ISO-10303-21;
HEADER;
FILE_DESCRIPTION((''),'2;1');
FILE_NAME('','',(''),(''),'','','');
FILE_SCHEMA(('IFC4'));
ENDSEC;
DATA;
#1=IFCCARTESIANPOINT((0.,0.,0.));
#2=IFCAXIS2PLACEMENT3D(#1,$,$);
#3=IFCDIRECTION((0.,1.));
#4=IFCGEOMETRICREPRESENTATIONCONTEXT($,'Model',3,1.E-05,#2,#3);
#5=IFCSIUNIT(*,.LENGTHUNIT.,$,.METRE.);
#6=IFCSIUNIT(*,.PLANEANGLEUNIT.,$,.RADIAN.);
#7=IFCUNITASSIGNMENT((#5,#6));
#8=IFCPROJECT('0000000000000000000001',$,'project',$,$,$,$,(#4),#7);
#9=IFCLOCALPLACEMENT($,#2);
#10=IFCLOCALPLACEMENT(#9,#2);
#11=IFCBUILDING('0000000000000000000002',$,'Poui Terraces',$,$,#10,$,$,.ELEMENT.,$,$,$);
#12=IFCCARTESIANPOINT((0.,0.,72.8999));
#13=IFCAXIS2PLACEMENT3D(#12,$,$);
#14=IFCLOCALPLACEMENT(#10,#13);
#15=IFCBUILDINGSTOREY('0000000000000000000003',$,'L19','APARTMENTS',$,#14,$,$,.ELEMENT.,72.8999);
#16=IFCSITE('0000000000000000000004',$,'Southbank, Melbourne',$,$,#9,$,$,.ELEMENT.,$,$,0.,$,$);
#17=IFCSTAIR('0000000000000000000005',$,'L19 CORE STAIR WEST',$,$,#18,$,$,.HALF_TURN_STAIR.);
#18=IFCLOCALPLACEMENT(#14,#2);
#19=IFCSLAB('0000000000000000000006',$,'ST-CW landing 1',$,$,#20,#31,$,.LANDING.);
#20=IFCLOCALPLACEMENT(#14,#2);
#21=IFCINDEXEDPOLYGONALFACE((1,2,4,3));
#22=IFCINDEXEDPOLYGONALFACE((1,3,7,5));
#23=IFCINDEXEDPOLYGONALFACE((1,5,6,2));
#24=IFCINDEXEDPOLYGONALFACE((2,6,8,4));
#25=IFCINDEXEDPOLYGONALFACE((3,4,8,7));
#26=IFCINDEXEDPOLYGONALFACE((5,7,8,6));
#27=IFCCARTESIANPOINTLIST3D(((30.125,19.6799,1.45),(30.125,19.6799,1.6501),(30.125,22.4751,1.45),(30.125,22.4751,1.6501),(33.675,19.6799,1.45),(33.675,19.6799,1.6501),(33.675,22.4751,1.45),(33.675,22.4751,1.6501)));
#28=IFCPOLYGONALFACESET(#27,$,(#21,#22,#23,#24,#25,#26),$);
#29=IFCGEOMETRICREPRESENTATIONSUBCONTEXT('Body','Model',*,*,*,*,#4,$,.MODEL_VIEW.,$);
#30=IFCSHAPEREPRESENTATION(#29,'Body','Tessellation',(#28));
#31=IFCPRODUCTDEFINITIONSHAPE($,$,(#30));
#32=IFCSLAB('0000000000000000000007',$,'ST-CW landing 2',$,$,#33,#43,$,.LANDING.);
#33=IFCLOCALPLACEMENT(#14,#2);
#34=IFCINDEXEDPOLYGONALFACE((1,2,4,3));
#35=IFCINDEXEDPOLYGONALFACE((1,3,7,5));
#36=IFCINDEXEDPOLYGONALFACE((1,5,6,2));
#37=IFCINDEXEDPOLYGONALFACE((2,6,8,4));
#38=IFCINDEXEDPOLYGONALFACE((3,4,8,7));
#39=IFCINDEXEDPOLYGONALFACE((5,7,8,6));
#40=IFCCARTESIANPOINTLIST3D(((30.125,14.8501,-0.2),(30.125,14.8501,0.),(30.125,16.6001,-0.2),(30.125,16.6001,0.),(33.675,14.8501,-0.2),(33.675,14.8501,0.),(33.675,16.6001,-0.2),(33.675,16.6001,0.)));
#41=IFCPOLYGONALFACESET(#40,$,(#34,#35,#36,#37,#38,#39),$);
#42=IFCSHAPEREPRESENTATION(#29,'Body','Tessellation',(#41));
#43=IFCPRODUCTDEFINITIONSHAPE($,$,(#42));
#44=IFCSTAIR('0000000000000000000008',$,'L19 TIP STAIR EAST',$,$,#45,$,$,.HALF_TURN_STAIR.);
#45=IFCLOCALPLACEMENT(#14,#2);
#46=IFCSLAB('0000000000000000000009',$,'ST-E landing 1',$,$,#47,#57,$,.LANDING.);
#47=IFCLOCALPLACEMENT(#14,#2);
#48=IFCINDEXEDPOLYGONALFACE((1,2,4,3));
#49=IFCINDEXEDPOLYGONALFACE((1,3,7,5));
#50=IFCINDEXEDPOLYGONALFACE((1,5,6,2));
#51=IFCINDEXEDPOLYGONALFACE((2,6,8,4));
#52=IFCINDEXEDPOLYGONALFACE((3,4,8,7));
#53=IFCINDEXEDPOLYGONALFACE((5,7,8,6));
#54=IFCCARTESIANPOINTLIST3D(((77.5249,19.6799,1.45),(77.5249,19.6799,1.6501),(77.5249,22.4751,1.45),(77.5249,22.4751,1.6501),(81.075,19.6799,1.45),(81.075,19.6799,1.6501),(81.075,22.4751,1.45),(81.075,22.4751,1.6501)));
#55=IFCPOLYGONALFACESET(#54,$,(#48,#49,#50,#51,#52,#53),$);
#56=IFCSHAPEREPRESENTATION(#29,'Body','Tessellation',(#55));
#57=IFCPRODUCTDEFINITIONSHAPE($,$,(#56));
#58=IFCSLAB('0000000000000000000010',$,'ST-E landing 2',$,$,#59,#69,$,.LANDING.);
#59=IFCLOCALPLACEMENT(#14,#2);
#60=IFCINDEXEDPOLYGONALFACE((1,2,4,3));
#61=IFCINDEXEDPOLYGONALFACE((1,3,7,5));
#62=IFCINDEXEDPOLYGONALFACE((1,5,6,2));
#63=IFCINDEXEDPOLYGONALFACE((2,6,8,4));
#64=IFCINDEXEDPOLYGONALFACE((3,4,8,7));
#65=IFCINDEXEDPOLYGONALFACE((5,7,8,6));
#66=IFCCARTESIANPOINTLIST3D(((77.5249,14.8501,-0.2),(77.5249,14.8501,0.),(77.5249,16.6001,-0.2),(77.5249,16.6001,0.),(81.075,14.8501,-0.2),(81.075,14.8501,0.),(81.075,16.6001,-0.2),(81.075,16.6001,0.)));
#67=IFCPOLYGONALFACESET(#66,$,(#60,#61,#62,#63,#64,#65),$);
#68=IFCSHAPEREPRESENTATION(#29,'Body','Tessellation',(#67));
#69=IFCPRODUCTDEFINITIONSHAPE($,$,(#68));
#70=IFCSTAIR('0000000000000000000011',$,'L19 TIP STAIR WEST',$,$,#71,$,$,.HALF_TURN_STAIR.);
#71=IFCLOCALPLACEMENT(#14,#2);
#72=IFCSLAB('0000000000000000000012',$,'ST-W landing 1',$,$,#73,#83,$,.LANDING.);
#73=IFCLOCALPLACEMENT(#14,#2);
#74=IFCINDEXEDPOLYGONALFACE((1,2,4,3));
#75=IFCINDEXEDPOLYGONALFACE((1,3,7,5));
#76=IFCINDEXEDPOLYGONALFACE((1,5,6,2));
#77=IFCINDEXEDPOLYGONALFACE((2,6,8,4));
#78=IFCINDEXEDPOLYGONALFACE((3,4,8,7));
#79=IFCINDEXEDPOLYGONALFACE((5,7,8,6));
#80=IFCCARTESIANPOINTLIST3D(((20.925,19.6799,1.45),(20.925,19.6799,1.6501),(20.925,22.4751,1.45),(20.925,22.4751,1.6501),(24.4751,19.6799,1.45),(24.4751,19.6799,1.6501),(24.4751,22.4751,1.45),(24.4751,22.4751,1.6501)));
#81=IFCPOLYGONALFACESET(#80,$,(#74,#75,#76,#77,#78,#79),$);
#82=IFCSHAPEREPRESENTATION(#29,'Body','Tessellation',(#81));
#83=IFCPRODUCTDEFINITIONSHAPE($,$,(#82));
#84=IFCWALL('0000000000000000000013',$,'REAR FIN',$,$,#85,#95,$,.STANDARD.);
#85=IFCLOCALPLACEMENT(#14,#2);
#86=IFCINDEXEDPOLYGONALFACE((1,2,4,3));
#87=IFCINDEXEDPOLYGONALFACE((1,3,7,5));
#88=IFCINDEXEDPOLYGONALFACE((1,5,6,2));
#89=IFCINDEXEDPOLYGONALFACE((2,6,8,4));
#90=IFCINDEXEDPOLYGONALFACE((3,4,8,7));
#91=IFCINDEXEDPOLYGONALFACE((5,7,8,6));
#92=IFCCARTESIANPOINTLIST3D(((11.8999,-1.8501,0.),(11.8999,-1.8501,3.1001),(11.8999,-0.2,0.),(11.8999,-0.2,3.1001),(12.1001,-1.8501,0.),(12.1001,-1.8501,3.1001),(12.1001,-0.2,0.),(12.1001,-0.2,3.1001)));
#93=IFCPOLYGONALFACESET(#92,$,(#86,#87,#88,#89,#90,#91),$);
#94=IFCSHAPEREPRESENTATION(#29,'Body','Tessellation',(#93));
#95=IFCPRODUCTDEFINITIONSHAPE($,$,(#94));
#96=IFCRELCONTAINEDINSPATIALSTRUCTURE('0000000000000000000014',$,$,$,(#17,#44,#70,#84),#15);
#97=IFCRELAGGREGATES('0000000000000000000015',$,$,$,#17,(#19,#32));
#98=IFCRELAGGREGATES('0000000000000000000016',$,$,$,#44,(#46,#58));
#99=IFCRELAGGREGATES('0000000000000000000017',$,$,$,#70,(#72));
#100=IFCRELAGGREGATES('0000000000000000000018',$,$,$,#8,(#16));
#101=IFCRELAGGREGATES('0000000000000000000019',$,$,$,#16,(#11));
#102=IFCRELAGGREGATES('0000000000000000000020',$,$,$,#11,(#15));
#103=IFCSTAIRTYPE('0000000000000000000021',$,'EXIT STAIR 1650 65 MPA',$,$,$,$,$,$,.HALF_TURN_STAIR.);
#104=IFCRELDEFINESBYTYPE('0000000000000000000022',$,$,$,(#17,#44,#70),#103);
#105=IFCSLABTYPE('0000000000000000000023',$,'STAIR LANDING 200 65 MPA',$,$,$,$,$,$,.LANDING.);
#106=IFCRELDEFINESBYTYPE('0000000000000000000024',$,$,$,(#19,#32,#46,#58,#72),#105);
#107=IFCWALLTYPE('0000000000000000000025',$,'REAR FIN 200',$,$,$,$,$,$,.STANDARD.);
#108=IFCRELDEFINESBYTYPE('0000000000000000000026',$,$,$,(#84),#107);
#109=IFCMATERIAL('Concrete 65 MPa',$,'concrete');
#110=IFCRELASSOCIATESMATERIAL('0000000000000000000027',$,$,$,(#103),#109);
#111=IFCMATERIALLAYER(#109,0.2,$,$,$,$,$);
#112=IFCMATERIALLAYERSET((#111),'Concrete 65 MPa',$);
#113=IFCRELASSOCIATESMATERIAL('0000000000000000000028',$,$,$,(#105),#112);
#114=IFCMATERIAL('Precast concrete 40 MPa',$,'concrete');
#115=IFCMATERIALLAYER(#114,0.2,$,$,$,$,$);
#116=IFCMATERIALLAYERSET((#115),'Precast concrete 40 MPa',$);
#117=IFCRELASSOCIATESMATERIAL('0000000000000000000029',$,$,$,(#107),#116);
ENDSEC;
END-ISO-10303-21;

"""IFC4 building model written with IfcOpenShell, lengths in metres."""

from ifc_helpers import new_model, si_unit, direction, frame, origin, place, context, subcontext, project, spatial, polyline, outline, extrude, source, transform, mapped, material, layer, layer_set, type_object, element, aggregate, save


model = new_model("IFC4")

# Units and contexts
model_context = context("Model", 3, precision=1e-05, world=origin(), true_north=direction((0.0, 1.0)))
body_context = subcontext(model_context, "Body", "Model", "MODEL_VIEW")
ifc_project = project(units=[si_unit("LENGTHUNIT", "METRE"), si_unit("PLANEANGLEUNIT", "RADIAN")], contexts=[model_context])

# Site, building, storey
site_placement = place(None, origin())
site = spatial("IfcSite", under=ifc_project, at=site_placement, Name="Southbank, Melbourne", CompositionType="ELEMENT", RefElevation=0.0)
building_placement = place(site_placement, origin())
building = spatial("IfcBuilding", under=site, at=building_placement, Name="Poui Terraces", CompositionType="ELEMENT")
storey_placement = place(building_placement, frame((0.0, 0.0, 72.8999)))
storey = spatial("IfcBuildingStorey", under=building, at=storey_placement, Name="L19", Description="APARTMENTS", CompositionType="ELEMENT", Elevation=72.8999)

# Stairs, slabs
ifc_material_1 = material(Name="Concrete 65 MPa", Category="concrete")
stair_type = type_object("IfcStairType", Name="EXIT STAIR 1650 65 MPA", PredefinedType="HALF_TURN_STAIR", material=ifc_material_1)
stair_1_placement = place(storey_placement, origin())
stair_1 = element("IfcStair", 1, at=stair_1_placement, inside=storey, type_object=stair_type, Name="L19 CORE STAIR WEST", PredefinedType="HALF_TURN_STAIR")
ifc_layer_1 = layer(ifc_material_1, 0.2)
ifc_layer_set_1 = layer_set([ifc_layer_1], Name="Concrete 65 MPa")
slab_type = type_object("IfcSlabType", Name="STAIR LANDING 200 65 MPA", PredefinedType="LANDING", material=ifc_layer_set_1)
slab_1_placement = place(storey_placement, frame((0.0, 0.0, 1.45)))
slab_1 = element("IfcSlab", 2, at=slab_1_placement, type_object=slab_type, Name="ST-CW landing 1", PredefinedType="LANDING", context=body_context, shape_type="SweptSolid", body=[
    extrude(outline(polyline([(30.125, 19.6799), (33.675, 19.6799), (33.675, 22.4751), (30.125, 22.4751), (30.125, 19.6799)])), origin(), (0.0, 0.0, 1.0), 0.2002),
])
slab_2_placement = place(storey_placement, frame((0.0, 0.0, -0.2)))
slab_2 = element("IfcSlab", 3, at=slab_2_placement, type_object=slab_type, Name="ST-CW landing 2", PredefinedType="LANDING", context=body_context, shape_type="SweptSolid", body=[
    extrude(outline(polyline([(30.125, 14.8501), (33.675, 14.8501), (33.675, 16.6001), (30.125, 16.6001), (30.125, 14.8501)])), origin(), (0.0, 0.0, 1.0), 0.2),
])
aggregate(stair_1, [slab_1, slab_2])
stair_2_placement = place(storey_placement, origin())
stair_2 = element("IfcStair", 4, at=stair_2_placement, inside=storey, type_object=stair_type, Name="L19 TIP STAIR EAST", PredefinedType="HALF_TURN_STAIR")
slab_3_placement = place(storey_placement, frame((0.0, 0.0, 1.45)))
slab_3 = element("IfcSlab", 5, at=slab_3_placement, type_object=slab_type, Name="ST-E landing 1", PredefinedType="LANDING", context=body_context, shape_type="SweptSolid", body=[
    extrude(outline(polyline([(77.5249, 19.6799), (81.075, 19.6799), (81.075, 22.4751), (77.5249, 22.4751), (77.5249, 19.6799)])), origin(), (0.0, 0.0, 1.0), 0.2002),
])
slab_4_placement = place(storey_placement, frame((0.0, 0.0, -0.2)))
slab_4 = element("IfcSlab", 6, at=slab_4_placement, type_object=slab_type, Name="ST-E landing 2", PredefinedType="LANDING", context=body_context, shape_type="SweptSolid", body=[
    extrude(outline(polyline([(77.5249, 14.8501), (81.075, 14.8501), (81.075, 16.6001), (77.5249, 16.6001), (77.5249, 14.8501)])), origin(), (0.0, 0.0, 1.0), 0.2),
])
aggregate(stair_2, [slab_3, slab_4])

# Stair, slab
stair_3_placement = place(storey_placement, origin())
stair_3 = element("IfcStair", 7, at=stair_3_placement, inside=storey, type_object=stair_type, Name="L19 TIP STAIR WEST", PredefinedType="HALF_TURN_STAIR")
slab_5_placement = place(storey_placement, frame((0.0, 0.0, 1.45)))
slab_5 = element("IfcSlab", 8, at=slab_5_placement, type_object=slab_type, Name="ST-W landing 1", PredefinedType="LANDING", context=body_context, shape_type="SweptSolid", body=[
    extrude(outline(polyline([(20.925, 19.6799), (24.4751, 19.6799), (24.4751, 22.4751), (20.925, 22.4751), (20.925, 19.6799)])), origin(), (0.0, 0.0, 1.0), 0.2002),
])
aggregate(stair_3, [slab_5])

# Wall
ifc_material_2 = material(Name="Precast concrete 40 MPa", Category="concrete")
ifc_layer_2 = layer(ifc_material_2, 0.2)
ifc_layer_set_2 = layer_set([ifc_layer_2], Name="Precast concrete 40 MPa")
wall_type = type_object("IfcWallType", Name="REAR FIN 200", PredefinedType="STANDARD", material=ifc_layer_set_2)
shared_shape = source(origin(), body_context, "Body", "SweptSolid", [
    extrude(outline(polyline([(0.0, 0.0), (0.2002, 0.0), (0.2002, 1.6501), (0.0, 1.6501), (0.0, 0.0)])), origin(), (0.0, 0.0, 1.0), 3.1001),
])
wall_placement = place(storey_placement, frame((11.8999, -1.8501, 0.0)))
element("IfcWall", 9, at=wall_placement, inside=storey, type_object=wall_type, Name="REAR FIN", PredefinedType="STANDARD", context=body_context, shape_type="MappedRepresentation", body=[
    mapped(shared_shape, transform((0.0, 0.0, 0.0))),
])

save(model, "model.ifc")
